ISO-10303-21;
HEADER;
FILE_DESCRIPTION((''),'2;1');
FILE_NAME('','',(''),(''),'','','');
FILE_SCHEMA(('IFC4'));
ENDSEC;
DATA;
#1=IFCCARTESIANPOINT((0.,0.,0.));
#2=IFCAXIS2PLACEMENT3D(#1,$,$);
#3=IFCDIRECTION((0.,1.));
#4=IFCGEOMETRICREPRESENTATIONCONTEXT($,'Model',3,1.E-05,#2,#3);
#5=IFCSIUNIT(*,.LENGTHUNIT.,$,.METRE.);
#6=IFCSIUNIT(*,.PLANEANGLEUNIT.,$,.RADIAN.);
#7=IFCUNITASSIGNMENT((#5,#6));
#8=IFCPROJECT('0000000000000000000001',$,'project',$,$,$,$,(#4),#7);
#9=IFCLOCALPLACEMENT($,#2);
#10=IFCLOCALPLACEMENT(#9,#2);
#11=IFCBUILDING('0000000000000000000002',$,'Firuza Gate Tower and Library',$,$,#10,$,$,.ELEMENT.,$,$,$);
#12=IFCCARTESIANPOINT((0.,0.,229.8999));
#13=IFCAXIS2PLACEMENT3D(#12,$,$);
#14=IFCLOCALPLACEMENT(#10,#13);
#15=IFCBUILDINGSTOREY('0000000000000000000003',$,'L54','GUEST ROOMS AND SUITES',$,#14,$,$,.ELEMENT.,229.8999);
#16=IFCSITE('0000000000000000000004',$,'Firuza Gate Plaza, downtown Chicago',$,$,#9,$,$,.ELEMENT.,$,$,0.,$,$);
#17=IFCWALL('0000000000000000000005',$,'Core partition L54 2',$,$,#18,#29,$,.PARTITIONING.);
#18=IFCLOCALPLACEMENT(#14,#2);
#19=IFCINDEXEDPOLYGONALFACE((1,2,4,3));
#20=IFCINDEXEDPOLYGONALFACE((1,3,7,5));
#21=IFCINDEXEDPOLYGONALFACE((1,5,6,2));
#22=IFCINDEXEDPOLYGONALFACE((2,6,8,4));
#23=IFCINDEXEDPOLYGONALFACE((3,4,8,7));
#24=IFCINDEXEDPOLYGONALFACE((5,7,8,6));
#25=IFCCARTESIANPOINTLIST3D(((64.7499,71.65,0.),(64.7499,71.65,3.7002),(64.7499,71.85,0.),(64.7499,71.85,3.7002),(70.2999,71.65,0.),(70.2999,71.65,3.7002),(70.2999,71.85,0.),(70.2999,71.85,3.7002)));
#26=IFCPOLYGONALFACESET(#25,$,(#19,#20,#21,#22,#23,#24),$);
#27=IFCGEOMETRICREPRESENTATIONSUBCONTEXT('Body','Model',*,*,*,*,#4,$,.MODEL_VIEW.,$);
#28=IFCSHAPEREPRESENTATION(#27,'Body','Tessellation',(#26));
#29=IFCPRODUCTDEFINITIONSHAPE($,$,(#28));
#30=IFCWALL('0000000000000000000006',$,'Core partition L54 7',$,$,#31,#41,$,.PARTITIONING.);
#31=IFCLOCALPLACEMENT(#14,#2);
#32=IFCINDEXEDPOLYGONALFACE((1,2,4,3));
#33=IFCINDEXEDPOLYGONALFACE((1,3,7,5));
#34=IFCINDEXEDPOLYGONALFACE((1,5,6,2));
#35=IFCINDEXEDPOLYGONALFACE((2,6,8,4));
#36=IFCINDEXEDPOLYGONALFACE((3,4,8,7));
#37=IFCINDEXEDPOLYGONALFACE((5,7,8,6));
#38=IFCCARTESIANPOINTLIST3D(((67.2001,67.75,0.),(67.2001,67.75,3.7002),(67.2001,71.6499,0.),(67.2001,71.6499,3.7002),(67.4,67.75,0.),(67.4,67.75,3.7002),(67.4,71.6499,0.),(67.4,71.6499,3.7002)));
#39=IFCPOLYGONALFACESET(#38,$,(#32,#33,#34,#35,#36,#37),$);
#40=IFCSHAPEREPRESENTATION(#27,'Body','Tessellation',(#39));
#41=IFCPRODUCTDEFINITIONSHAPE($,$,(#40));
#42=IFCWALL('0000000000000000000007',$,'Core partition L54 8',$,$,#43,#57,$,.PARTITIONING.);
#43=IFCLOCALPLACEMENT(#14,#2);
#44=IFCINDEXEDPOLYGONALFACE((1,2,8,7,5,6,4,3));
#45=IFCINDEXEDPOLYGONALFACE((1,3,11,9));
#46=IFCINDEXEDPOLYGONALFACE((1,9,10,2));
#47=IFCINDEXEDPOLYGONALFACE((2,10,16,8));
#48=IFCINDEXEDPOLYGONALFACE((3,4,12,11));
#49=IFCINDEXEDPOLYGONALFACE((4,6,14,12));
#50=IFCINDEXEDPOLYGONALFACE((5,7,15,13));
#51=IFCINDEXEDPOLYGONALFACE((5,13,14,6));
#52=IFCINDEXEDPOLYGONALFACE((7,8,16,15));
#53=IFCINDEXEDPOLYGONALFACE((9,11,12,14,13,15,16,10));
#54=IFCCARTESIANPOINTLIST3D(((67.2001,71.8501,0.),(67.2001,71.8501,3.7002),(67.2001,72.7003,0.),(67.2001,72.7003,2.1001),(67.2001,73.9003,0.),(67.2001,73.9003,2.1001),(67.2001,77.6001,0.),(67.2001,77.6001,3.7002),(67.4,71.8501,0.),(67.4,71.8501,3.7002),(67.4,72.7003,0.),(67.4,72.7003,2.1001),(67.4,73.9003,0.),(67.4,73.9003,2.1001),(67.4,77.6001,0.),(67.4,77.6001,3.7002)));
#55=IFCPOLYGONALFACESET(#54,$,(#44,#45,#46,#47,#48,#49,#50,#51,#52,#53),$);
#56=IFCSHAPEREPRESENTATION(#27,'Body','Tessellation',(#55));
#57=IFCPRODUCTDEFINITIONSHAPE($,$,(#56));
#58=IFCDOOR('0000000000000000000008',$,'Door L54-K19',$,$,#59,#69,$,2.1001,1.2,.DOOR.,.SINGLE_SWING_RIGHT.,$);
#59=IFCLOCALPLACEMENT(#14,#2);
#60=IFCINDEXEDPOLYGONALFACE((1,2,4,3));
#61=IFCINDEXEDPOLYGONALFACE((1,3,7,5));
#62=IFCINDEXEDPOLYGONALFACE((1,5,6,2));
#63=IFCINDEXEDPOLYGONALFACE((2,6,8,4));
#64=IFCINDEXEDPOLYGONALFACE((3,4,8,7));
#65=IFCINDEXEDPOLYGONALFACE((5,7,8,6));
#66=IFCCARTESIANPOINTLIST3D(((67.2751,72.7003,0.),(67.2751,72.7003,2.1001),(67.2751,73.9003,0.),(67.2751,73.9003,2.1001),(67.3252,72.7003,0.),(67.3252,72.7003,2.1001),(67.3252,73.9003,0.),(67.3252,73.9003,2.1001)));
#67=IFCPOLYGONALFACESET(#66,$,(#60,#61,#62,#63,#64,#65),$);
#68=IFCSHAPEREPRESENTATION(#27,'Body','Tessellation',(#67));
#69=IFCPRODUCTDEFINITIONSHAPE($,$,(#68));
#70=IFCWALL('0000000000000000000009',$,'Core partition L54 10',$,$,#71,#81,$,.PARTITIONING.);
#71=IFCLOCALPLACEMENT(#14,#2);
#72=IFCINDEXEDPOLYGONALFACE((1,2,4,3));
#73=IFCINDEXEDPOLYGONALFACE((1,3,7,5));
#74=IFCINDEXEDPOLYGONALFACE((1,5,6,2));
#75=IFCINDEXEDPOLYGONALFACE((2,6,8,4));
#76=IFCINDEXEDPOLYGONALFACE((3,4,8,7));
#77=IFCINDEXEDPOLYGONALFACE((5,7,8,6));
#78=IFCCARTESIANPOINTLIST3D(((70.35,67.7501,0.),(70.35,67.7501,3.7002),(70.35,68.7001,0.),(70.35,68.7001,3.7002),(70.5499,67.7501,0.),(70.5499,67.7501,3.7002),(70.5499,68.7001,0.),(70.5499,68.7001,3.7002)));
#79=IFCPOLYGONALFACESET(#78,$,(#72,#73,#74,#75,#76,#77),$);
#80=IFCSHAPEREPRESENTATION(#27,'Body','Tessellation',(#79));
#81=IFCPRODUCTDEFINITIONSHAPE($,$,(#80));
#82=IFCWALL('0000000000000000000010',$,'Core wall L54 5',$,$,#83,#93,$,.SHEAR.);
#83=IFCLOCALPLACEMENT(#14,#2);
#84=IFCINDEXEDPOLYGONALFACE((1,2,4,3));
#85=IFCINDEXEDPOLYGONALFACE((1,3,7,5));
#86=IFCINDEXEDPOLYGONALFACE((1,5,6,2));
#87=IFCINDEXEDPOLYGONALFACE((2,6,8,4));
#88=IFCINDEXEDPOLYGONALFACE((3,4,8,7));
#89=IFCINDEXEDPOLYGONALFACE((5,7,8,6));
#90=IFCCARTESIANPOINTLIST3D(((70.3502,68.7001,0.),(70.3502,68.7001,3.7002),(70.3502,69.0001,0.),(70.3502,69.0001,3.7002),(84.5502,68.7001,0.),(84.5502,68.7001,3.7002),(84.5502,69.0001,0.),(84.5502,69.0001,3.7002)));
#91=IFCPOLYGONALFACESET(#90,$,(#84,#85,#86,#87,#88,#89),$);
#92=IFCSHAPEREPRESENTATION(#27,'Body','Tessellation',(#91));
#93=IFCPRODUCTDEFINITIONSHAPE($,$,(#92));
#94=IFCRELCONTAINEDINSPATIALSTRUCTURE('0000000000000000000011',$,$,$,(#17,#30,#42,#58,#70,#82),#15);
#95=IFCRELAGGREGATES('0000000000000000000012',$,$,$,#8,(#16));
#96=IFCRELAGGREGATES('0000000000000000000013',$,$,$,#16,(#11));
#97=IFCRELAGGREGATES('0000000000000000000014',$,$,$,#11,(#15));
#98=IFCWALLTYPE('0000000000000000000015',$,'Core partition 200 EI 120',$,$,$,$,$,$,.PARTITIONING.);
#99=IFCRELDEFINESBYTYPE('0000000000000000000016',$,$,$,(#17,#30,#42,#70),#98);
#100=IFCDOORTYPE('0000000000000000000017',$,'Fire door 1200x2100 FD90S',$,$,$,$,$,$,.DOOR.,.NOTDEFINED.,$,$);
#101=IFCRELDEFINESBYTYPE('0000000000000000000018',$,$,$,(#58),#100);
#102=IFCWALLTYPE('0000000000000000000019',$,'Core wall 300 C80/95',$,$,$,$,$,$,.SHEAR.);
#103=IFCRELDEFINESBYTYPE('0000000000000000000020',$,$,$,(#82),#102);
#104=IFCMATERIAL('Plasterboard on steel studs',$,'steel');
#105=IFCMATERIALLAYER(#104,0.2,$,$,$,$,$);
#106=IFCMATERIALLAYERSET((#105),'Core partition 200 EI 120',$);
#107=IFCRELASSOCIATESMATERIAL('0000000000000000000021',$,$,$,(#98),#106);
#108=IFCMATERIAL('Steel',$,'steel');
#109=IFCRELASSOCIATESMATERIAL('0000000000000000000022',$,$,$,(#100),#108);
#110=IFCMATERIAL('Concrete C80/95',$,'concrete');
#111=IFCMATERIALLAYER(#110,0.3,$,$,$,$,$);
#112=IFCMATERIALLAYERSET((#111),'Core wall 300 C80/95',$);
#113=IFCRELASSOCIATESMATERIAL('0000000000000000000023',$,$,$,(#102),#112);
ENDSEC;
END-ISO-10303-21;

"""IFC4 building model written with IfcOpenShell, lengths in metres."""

from ifc_helpers import new_model, si_unit, direction, frame, frame_2d, origin, place, context, subcontext, project, spatial, rectangle, extrude, material, layer, layer_set, type_object, element, fill, save


model = new_model("IFC4")

# Units and contexts
model_context = context("Model", 3, precision=1e-05, world=origin(), true_north=direction((0.0, 1.0)))
body_context = subcontext(model_context, "Body", "Model", "MODEL_VIEW")
ifc_project = project(units=[si_unit("LENGTHUNIT", "METRE"), si_unit("PLANEANGLEUNIT", "RADIAN")], contexts=[model_context])

# Site, building, storey
site_placement = place(None, origin())
site = spatial("IfcSite", under=ifc_project, at=site_placement, Name="Firuza Gate Plaza, downtown Chicago", CompositionType="ELEMENT", RefElevation=0.0)
building_placement = place(site_placement, origin())
building = spatial("IfcBuilding", under=site, at=building_placement, Name="Firuza Gate Tower and Library", CompositionType="ELEMENT")
storey_placement = place(building_placement, frame((0.0, 0.0, 229.8999)))
storey = spatial("IfcBuildingStorey", under=building, at=storey_placement, Name="L54", Description="GUEST ROOMS AND SUITES", CompositionType="ELEMENT", Elevation=229.8999)

# Walls
ifc_material_1 = material(Name="Plasterboard on steel studs", Category="steel")
ifc_layer_1 = layer(ifc_material_1, 0.2)
ifc_layer_set_1 = layer_set([ifc_layer_1], Name="Core partition 200 EI 120")
wall_type_1 = type_object("IfcWallType", Name="Core partition 200 EI 120", PredefinedType="PARTITIONING", material=ifc_layer_set_1)
wall_1_placement = place(storey_placement, frame((64.75, 71.75, 0.0), z_axis=(0.0, 0.0, 1.0), x_axis=(1.0, 0.0, 0.0)))
element("IfcWall", 1, at=wall_1_placement, inside=storey, type_object=wall_type_1, Name="Core partition L54 2", PredefinedType="PARTITIONING", context=body_context, shape_type="SweptSolid", body=[
    extrude(rectangle(XDim=5.55, YDim=0.2, at=frame_2d((2.7749, 0.0))), origin(), (0.0, 0.0, 1.0), 3.7002),
])
wall_2_placement = place(storey_placement, frame((67.3, 67.75, 0.0), z_axis=(0.0, 0.0, 1.0), x_axis=(0.0, 1.0, 0.0)))
element("IfcWall", 2, at=wall_2_placement, inside=storey, type_object=wall_type_1, Name="Core partition L54 7", PredefinedType="PARTITIONING", context=body_context, shape_type="SweptSolid", body=[
    extrude(rectangle(XDim=3.8999, YDim=0.2, at=frame_2d((1.95, 0.0))), origin(), (0.0, 0.0, 1.0), 3.7002),
])

# Wall, opening, door
wall_3_placement = place(storey_placement, frame((67.3, 71.8501, 0.0), z_axis=(0.0, 0.0, 1.0), x_axis=(0.0, 1.0, 0.0)))
wall_3 = element("IfcWall", 3, at=wall_3_placement, inside=storey, type_object=wall_type_1, Name="Core partition L54 8", PredefinedType="PARTITIONING", context=body_context, shape_type="SweptSolid", body=[
    extrude(rectangle(XDim=5.75, YDim=0.2, at=frame_2d((2.875, 0.0))), origin(), (0.0, 0.0, 1.0), 3.7002),
])
opening_1_placement = place(wall_3_placement, frame((0.8501, 0.0, 0.0)))
opening_1 = element("IfcOpeningElement", 4, at=opening_1_placement, cuts=wall_3, PredefinedType="OPENING", context=body_context, shape_type="SweptSolid", body=[
    extrude(rectangle(XDim=1.2, YDim=2.1001, at=frame_2d((0.6001, 1.05))), frame((0.0, 0.1099, 0.0), z_axis=(0.0, -1.0, 0.0), x_axis=(1.0, 0.0, 0.0)), (0.0, 0.0, 1.0), 0.22),
])
ifc_material_2 = material(Name="Steel", Category="steel")
door_type_1 = type_object("IfcDoorType", Name="Fire door 1200x2100 FD90S", OperationType="NOTDEFINED", PredefinedType="DOOR", material=ifc_material_2)
door_1_placement = place(opening_1_placement, origin())
door_1 = element("IfcDoor", 5, at=door_1_placement, inside=storey, type_object=door_type_1, Name="Door L54-K19", OperationType="SINGLE_SWING_RIGHT", OverallHeight=2.1001, OverallWidth=1.2, PredefinedType="DOOR", context=body_context, shape_type="SweptSolid", body=[
    extrude(rectangle(XDim=1.2, YDim=2.1001, at=frame_2d((0.6001, 1.05))), frame((0.0, 0.0249, 0.0), z_axis=(0.0, -1.0, 0.0), x_axis=(1.0, 0.0, 0.0)), (0.0, 0.0, 1.0), 0.05),
])
fill(opening_1, door_1)

# Walls
wall_4_placement = place(storey_placement, frame((70.45, 67.75, 0.0), z_axis=(0.0, 0.0, 1.0), x_axis=(0.0, 1.0, 0.0)))
element("IfcWall", 6, at=wall_4_placement, inside=storey, type_object=wall_type_1, Name="Core partition L54 10", PredefinedType="PARTITIONING", context=body_context, shape_type="SweptSolid", body=[
    extrude(rectangle(XDim=0.95, YDim=0.2, at=frame_2d((0.4751, 0.0))), origin(), (0.0, 0.0, 1.0), 3.7002),
])
ifc_material_3 = material(Name="Concrete C80/95", Category="concrete")
ifc_layer_2 = layer(ifc_material_3, 0.3)
ifc_layer_set_2 = layer_set([ifc_layer_2], Name="Core wall 300 C80/95")
wall_type_2 = type_object("IfcWallType", Name="Core wall 300 C80/95", PredefinedType="SHEAR", material=ifc_layer_set_2)
wall_5_placement = place(storey_placement, frame((70.3501, 68.8501, 0.0), z_axis=(0.0, 0.0, 1.0), x_axis=(1.0, 0.0, 0.0)))
element("IfcWall", 7, at=wall_5_placement, inside=storey, type_object=wall_type_2, Name="Core wall L54 5", PredefinedType="SHEAR", context=body_context, shape_type="SweptSolid", body=[
    extrude(rectangle(XDim=14.2, YDim=0.3, at=frame_2d((7.1001, 0.0))), origin(), (0.0, 0.0, 1.0), 3.7002),
])

save(model, "model.ifc")
